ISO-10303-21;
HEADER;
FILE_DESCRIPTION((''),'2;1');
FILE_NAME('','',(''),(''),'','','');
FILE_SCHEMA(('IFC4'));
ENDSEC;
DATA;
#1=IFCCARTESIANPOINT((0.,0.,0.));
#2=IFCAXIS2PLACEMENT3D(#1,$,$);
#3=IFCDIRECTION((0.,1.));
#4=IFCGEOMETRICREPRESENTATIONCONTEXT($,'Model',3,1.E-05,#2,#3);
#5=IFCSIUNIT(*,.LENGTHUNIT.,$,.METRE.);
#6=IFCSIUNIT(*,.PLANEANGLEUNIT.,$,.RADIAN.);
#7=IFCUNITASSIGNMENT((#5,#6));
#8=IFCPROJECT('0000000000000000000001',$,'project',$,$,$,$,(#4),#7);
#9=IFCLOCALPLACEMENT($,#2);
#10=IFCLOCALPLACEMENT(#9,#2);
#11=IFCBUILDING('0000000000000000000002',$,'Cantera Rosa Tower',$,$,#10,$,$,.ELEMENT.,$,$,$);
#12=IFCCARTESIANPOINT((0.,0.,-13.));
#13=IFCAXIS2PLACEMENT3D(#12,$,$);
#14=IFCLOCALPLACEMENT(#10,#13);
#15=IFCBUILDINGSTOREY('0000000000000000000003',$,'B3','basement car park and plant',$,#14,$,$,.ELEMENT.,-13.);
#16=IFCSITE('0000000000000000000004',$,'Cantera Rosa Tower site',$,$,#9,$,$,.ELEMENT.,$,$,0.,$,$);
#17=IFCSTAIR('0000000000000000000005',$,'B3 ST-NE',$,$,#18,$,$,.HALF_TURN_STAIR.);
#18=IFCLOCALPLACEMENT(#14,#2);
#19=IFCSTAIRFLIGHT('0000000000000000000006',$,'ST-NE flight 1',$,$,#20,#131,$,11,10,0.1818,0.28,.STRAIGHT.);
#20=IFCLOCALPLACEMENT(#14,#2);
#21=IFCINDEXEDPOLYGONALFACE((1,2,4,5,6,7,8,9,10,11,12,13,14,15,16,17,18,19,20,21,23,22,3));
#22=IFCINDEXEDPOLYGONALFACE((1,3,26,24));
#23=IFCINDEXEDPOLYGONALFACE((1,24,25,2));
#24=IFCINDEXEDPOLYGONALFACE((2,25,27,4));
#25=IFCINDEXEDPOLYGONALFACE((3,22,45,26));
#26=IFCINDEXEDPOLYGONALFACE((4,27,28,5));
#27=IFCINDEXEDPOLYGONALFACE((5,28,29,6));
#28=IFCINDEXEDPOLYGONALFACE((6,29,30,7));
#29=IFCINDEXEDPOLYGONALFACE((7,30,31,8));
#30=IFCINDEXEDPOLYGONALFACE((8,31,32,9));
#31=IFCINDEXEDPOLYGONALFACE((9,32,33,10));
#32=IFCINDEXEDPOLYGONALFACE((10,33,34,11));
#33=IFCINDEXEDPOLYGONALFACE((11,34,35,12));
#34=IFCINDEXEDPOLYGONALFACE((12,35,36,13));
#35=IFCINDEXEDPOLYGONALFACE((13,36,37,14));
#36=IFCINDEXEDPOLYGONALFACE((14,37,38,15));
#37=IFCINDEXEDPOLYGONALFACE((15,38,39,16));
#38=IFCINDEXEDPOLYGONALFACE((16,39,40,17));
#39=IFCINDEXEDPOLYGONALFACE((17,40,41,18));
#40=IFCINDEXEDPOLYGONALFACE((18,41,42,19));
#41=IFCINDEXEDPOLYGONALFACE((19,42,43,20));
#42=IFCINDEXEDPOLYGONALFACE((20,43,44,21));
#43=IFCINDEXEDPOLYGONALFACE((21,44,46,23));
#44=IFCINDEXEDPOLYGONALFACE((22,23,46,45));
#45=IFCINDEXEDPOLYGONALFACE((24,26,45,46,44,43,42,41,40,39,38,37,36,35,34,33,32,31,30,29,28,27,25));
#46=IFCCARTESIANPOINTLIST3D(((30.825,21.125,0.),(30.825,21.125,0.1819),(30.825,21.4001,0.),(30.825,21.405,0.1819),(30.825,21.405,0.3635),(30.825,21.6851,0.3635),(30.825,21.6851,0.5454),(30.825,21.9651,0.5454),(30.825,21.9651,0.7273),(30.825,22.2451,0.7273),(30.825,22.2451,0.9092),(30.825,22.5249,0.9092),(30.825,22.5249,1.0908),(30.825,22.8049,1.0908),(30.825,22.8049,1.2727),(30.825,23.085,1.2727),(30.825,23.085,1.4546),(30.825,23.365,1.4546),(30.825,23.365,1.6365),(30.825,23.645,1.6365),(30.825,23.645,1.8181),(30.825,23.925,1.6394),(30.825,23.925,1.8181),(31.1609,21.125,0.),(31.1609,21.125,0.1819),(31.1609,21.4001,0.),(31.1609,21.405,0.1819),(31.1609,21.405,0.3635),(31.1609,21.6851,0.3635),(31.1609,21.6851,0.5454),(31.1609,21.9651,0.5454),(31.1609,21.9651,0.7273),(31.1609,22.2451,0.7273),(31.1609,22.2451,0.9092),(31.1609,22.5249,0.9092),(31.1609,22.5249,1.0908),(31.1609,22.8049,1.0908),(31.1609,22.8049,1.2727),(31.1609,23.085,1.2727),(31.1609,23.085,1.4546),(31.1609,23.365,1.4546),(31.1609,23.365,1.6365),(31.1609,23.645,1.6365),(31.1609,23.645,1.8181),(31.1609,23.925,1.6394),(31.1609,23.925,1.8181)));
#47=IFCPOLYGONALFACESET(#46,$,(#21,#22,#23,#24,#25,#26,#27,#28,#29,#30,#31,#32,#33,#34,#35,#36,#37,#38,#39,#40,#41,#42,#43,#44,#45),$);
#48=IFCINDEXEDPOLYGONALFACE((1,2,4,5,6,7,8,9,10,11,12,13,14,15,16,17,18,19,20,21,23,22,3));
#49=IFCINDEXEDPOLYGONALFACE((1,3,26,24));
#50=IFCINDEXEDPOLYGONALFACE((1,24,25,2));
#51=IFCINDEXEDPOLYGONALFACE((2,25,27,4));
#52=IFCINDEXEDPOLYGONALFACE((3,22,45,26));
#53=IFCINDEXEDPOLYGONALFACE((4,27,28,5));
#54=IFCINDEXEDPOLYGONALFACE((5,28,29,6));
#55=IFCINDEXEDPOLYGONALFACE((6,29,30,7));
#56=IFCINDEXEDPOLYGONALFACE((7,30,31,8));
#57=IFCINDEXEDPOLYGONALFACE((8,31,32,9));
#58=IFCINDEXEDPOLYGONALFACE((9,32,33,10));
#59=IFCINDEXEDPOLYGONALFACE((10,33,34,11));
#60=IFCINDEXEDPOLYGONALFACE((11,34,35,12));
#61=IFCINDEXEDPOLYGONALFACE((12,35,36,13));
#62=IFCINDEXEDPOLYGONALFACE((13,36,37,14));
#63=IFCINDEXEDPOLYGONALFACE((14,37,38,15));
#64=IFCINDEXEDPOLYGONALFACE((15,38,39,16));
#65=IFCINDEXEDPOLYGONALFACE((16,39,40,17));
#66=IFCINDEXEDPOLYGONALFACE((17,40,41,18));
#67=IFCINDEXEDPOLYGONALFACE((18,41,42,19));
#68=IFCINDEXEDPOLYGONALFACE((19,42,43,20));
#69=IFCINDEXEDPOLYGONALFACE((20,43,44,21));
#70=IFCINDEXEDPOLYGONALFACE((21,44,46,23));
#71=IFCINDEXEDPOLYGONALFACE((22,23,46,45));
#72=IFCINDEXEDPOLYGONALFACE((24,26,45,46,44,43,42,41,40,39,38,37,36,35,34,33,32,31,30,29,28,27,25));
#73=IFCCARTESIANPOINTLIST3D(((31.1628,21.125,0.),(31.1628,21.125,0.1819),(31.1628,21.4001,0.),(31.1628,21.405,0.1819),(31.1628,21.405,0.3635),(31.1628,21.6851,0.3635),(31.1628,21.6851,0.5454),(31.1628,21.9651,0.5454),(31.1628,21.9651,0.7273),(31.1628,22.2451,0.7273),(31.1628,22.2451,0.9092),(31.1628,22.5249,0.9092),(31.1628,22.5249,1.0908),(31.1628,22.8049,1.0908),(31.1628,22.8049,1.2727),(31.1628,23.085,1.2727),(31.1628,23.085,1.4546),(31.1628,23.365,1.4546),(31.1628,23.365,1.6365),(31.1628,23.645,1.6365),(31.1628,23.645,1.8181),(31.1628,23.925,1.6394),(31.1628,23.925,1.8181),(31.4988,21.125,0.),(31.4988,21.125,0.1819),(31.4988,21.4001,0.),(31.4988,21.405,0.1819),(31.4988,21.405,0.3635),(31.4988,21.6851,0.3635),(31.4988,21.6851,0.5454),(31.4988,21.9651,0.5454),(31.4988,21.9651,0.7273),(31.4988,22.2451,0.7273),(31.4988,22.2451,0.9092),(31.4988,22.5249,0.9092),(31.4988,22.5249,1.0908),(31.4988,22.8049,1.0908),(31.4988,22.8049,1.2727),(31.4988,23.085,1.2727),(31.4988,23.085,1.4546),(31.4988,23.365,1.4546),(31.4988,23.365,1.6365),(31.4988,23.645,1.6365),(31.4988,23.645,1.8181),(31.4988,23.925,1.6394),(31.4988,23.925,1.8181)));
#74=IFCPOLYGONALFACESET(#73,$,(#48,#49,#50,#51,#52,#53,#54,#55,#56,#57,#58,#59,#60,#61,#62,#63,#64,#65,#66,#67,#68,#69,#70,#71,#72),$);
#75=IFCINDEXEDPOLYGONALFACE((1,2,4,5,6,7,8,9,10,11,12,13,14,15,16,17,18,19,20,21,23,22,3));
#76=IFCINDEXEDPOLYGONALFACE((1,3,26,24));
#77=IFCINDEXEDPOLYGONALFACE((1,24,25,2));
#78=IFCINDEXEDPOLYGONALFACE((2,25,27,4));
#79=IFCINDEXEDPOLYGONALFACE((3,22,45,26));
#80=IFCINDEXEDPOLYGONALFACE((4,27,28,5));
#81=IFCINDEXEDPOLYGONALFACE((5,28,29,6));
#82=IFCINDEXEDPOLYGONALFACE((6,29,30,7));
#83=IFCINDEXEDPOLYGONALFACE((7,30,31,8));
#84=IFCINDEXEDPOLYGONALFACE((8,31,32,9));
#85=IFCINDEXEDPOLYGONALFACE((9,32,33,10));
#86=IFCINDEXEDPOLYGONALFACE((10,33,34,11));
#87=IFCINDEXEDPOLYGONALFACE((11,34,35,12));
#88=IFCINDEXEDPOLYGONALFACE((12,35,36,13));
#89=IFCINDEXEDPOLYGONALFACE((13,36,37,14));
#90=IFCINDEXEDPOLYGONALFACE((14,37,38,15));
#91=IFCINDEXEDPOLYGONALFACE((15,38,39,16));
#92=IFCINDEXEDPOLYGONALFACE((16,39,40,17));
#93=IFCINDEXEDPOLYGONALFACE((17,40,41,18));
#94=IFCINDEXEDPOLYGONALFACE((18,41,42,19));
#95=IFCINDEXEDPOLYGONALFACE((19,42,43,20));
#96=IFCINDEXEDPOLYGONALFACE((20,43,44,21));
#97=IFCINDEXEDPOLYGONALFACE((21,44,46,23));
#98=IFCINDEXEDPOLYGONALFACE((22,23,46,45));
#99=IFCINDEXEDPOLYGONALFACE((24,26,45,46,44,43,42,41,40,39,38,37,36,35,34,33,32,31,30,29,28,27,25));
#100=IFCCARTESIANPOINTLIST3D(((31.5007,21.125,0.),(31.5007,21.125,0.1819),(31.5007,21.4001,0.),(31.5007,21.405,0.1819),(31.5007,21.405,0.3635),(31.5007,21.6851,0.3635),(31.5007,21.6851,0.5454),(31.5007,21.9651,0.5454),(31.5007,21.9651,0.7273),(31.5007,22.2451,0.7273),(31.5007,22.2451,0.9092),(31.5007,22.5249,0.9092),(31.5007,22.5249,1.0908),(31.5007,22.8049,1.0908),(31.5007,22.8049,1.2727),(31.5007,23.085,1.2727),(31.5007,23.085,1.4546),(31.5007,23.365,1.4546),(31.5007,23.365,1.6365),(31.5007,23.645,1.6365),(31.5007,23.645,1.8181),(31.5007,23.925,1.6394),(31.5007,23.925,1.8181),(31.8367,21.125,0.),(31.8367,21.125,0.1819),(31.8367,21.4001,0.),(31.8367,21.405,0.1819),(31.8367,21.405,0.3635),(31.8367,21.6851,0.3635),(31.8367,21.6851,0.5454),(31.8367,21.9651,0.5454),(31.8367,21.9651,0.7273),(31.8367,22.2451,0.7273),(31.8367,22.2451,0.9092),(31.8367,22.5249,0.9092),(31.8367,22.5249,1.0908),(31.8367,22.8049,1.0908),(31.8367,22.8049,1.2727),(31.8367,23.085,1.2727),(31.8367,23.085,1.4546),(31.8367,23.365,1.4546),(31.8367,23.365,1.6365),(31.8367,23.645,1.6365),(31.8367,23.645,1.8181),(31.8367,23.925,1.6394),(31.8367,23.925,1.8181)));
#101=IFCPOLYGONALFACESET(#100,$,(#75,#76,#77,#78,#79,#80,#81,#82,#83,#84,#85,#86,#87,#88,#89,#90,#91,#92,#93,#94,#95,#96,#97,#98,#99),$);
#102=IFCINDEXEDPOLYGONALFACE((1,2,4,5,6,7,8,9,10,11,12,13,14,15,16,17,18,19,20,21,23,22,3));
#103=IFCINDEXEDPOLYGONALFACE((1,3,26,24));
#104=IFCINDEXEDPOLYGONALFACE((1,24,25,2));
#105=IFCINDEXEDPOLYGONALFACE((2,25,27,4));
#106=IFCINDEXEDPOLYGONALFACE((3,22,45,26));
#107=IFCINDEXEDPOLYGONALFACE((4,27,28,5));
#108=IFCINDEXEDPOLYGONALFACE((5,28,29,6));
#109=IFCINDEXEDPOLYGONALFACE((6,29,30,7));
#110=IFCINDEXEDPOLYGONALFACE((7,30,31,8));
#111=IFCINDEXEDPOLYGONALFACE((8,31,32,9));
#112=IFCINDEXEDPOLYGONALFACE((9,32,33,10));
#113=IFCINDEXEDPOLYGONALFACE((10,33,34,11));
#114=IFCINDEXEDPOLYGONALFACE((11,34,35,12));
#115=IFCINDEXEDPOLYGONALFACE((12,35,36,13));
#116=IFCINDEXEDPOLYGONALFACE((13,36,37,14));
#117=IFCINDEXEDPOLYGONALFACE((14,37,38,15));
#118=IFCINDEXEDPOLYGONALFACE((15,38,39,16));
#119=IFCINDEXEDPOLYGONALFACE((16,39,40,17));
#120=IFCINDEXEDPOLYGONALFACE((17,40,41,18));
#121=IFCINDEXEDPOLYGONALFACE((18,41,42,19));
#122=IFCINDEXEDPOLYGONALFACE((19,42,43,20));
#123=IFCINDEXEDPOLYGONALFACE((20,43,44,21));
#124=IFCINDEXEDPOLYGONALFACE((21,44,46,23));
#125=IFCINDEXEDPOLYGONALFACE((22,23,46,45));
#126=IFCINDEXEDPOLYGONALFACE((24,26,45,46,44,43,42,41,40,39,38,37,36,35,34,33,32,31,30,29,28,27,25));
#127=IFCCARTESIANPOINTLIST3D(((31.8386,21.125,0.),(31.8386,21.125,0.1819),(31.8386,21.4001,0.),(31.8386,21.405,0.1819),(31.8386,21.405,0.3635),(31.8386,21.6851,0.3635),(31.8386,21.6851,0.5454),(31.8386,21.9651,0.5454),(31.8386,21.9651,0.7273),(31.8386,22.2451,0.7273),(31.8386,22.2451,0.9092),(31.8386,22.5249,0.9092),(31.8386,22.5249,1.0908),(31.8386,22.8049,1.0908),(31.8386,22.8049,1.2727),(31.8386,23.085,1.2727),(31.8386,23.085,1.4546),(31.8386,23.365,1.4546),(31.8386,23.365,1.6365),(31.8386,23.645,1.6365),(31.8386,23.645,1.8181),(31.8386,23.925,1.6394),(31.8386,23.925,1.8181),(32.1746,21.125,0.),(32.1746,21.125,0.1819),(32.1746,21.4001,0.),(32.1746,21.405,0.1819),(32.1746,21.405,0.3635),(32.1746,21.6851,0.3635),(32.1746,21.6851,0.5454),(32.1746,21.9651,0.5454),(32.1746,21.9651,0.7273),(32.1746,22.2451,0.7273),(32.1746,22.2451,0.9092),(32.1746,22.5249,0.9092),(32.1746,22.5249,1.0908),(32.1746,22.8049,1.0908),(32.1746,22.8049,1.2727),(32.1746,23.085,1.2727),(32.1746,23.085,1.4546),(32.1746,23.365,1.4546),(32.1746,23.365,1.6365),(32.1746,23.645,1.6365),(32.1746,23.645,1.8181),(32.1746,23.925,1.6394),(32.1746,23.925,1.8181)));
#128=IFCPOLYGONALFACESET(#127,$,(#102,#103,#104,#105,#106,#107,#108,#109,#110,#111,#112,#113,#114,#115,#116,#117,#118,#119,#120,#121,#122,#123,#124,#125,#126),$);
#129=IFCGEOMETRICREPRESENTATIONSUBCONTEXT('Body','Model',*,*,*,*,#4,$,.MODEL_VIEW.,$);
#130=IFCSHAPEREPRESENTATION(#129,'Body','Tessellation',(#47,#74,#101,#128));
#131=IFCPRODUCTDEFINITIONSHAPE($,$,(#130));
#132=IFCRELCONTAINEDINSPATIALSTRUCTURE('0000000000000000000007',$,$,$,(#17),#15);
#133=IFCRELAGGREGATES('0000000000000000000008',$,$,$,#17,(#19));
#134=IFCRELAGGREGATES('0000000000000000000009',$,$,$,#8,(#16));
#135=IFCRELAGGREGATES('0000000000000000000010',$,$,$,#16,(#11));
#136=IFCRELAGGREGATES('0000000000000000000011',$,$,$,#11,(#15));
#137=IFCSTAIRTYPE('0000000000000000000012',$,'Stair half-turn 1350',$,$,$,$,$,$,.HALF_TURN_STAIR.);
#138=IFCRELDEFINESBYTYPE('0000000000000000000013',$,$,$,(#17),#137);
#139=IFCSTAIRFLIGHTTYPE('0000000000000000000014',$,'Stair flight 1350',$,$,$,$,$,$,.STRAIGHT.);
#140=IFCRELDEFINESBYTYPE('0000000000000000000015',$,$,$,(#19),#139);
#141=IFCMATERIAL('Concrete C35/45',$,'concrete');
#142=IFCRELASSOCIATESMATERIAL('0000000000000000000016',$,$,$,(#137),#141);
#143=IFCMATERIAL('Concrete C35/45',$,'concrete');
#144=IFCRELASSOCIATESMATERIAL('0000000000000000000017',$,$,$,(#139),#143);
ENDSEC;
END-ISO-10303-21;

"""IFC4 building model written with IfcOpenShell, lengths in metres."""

from ifc_helpers import new_model, si_unit, direction, frame, origin, place, context, subcontext, project, spatial, polyline, outline, extrude, material, type_object, element, aggregate, save


model = new_model("IFC4")

# Units and contexts
model_context = context("Model", 3, precision=1e-05, world=origin(), true_north=direction((0.0, 1.0)))
body_context = subcontext(model_context, "Body", "Model", "MODEL_VIEW")
ifc_project = project(units=[si_unit("LENGTHUNIT", "METRE"), si_unit("PLANEANGLEUNIT", "RADIAN")], contexts=[model_context])

# Site, building, storey
site_placement = place(None, origin())
site = spatial("IfcSite", under=ifc_project, at=site_placement, Name="Cantera Rosa Tower site", CompositionType="ELEMENT", RefElevation=0.0)
building_placement = place(site_placement, origin())
building = spatial("IfcBuilding", under=site, at=building_placement, Name="Cantera Rosa Tower", CompositionType="ELEMENT")
storey_placement = place(building_placement, frame((0.0, 0.0, -13.0)))
storey = spatial("IfcBuildingStorey", under=building, at=storey_placement, Name="B3", Description="basement car park and plant", CompositionType="ELEMENT", Elevation=-13.0)

# Stair, stair flight
ifc_material_1 = material(Name="Concrete C35/45", Category="concrete")
stair_type = type_object("IfcStairType", Name="Stair half-turn 1350", PredefinedType="HALF_TURN_STAIR", material=ifc_material_1)
stair_placement = place(storey_placement, origin())
stair = element("IfcStair", 1, at=stair_placement, inside=storey, type_object=stair_type, Name="B3 ST-NE", PredefinedType="HALF_TURN_STAIR")
ifc_material_2 = material(Name="Concrete C35/45", Category="concrete")
stair_flight_type = type_object("IfcStairFlightType", Name="Stair flight 1350", PredefinedType="STRAIGHT", material=ifc_material_2)
stair_flight_1_placement = place(storey_placement, frame((31.5, 21.125, 0.0), z_axis=(0.0, 0.0, 1.0), x_axis=(0.0, 1.0, 0.0)))
stair_flight_1 = element("IfcStairFlight", 2, at=stair_flight_1_placement, type_object=stair_flight_type, Name="ST-NE flight 1", NumberOfRisers=11, NumberOfTreads=10, PredefinedType="STRAIGHT", RiserHeight=0.1818, TreadLength=0.28, context=body_context, shape_type="SweptSolid", body=[
    extrude(outline(polyline([(0.0, 0.0), (0.0, 0.1819), (0.28, 0.1819), (0.28, 0.3635), (0.5601, 0.3635), (0.5601, 0.5454), (0.8401, 0.5454), (0.8401, 0.7273), (1.1201, 0.7273), (1.1201, 0.9092), (1.3999, 0.9092), (1.3999, 1.0908), (1.6799, 1.0908), (1.6799, 1.2727), (1.96, 1.2727), (1.96, 1.4546), (2.24, 1.4546), (2.24, 1.6365), (2.52, 1.6365), (2.52, 1.8181), (2.8, 1.8181), (2.8, 2.0), (2.8, 1.6394), (0.2751, 0.0), (0.0, 0.0)])), frame((0.0, 0.675, 0.0), z_axis=(0.0, -1.0, 0.0), x_axis=(1.0, 0.0, 0.0)), (0.0, 0.0, 1.0), 0.3359),
    extrude(outline(polyline([(0.0, 0.0), (0.0, 0.1819), (0.28, 0.1819), (0.28, 0.3635), (0.5601, 0.3635), (0.5601, 0.5454), (0.8401, 0.5454), (0.8401, 0.7273), (1.1201, 0.7273), (1.1201, 0.9092), (1.3999, 0.9092), (1.3999, 1.0908), (1.6799, 1.0908), (1.6799, 1.2727), (1.96, 1.2727), (1.96, 1.4546), (2.24, 1.4546), (2.24, 1.6365), (2.52, 1.6365), (2.52, 1.8181), (2.8, 1.8181), (2.8, 2.0), (2.8, 1.6394), (0.2751, 0.0), (0.0, 0.0)])), frame((0.0, 0.3372, 0.0), z_axis=(0.0, -1.0, 0.0), x_axis=(1.0, 0.0, 0.0)), (0.0, 0.0, 1.0), 0.3359),
    extrude(outline(polyline([(0.0, 0.0), (0.0, 0.1819), (0.28, 0.1819), (0.28, 0.3635), (0.5601, 0.3635), (0.5601, 0.5454), (0.8401, 0.5454), (0.8401, 0.7273), (1.1201, 0.7273), (1.1201, 0.9092), (1.3999, 0.9092), (1.3999, 1.0908), (1.6799, 1.0908), (1.6799, 1.2727), (1.96, 1.2727), (1.96, 1.4546), (2.24, 1.4546), (2.24, 1.6365), (2.52, 1.6365), (2.52, 1.8181), (2.8, 1.8181), (2.8, 2.0), (2.8, 1.6394), (0.2751, 0.0), (0.0, 0.0)])), frame((0.0, -0.0007, 0.0), z_axis=(0.0, -1.0, 0.0), x_axis=(1.0, 0.0, 0.0)), (0.0, 0.0, 1.0), 0.3359),
    extrude(outline(polyline([(0.0, 0.0), (0.0, 0.1819), (0.28, 0.1819), (0.28, 0.3635), (0.5601, 0.3635), (0.5601, 0.5454), (0.8401, 0.5454), (0.8401, 0.7273), (1.1201, 0.7273), (1.1201, 0.9092), (1.3999, 0.9092), (1.3999, 1.0908), (1.6799, 1.0908), (1.6799, 1.2727), (1.96, 1.2727), (1.96, 1.4546), (2.24, 1.4546), (2.24, 1.6365), (2.52, 1.6365), (2.52, 1.8181), (2.8, 1.8181), (2.8, 2.0), (2.8, 1.6394), (0.2751, 0.0), (0.0, 0.0)])), frame((0.0, -0.3386, 0.0), z_axis=(0.0, -1.0, 0.0), x_axis=(1.0, 0.0, 0.0)), (0.0, 0.0, 1.0), 0.3359),
])
aggregate(stair, [stair_flight_1])

save(model, "model.ifc")
